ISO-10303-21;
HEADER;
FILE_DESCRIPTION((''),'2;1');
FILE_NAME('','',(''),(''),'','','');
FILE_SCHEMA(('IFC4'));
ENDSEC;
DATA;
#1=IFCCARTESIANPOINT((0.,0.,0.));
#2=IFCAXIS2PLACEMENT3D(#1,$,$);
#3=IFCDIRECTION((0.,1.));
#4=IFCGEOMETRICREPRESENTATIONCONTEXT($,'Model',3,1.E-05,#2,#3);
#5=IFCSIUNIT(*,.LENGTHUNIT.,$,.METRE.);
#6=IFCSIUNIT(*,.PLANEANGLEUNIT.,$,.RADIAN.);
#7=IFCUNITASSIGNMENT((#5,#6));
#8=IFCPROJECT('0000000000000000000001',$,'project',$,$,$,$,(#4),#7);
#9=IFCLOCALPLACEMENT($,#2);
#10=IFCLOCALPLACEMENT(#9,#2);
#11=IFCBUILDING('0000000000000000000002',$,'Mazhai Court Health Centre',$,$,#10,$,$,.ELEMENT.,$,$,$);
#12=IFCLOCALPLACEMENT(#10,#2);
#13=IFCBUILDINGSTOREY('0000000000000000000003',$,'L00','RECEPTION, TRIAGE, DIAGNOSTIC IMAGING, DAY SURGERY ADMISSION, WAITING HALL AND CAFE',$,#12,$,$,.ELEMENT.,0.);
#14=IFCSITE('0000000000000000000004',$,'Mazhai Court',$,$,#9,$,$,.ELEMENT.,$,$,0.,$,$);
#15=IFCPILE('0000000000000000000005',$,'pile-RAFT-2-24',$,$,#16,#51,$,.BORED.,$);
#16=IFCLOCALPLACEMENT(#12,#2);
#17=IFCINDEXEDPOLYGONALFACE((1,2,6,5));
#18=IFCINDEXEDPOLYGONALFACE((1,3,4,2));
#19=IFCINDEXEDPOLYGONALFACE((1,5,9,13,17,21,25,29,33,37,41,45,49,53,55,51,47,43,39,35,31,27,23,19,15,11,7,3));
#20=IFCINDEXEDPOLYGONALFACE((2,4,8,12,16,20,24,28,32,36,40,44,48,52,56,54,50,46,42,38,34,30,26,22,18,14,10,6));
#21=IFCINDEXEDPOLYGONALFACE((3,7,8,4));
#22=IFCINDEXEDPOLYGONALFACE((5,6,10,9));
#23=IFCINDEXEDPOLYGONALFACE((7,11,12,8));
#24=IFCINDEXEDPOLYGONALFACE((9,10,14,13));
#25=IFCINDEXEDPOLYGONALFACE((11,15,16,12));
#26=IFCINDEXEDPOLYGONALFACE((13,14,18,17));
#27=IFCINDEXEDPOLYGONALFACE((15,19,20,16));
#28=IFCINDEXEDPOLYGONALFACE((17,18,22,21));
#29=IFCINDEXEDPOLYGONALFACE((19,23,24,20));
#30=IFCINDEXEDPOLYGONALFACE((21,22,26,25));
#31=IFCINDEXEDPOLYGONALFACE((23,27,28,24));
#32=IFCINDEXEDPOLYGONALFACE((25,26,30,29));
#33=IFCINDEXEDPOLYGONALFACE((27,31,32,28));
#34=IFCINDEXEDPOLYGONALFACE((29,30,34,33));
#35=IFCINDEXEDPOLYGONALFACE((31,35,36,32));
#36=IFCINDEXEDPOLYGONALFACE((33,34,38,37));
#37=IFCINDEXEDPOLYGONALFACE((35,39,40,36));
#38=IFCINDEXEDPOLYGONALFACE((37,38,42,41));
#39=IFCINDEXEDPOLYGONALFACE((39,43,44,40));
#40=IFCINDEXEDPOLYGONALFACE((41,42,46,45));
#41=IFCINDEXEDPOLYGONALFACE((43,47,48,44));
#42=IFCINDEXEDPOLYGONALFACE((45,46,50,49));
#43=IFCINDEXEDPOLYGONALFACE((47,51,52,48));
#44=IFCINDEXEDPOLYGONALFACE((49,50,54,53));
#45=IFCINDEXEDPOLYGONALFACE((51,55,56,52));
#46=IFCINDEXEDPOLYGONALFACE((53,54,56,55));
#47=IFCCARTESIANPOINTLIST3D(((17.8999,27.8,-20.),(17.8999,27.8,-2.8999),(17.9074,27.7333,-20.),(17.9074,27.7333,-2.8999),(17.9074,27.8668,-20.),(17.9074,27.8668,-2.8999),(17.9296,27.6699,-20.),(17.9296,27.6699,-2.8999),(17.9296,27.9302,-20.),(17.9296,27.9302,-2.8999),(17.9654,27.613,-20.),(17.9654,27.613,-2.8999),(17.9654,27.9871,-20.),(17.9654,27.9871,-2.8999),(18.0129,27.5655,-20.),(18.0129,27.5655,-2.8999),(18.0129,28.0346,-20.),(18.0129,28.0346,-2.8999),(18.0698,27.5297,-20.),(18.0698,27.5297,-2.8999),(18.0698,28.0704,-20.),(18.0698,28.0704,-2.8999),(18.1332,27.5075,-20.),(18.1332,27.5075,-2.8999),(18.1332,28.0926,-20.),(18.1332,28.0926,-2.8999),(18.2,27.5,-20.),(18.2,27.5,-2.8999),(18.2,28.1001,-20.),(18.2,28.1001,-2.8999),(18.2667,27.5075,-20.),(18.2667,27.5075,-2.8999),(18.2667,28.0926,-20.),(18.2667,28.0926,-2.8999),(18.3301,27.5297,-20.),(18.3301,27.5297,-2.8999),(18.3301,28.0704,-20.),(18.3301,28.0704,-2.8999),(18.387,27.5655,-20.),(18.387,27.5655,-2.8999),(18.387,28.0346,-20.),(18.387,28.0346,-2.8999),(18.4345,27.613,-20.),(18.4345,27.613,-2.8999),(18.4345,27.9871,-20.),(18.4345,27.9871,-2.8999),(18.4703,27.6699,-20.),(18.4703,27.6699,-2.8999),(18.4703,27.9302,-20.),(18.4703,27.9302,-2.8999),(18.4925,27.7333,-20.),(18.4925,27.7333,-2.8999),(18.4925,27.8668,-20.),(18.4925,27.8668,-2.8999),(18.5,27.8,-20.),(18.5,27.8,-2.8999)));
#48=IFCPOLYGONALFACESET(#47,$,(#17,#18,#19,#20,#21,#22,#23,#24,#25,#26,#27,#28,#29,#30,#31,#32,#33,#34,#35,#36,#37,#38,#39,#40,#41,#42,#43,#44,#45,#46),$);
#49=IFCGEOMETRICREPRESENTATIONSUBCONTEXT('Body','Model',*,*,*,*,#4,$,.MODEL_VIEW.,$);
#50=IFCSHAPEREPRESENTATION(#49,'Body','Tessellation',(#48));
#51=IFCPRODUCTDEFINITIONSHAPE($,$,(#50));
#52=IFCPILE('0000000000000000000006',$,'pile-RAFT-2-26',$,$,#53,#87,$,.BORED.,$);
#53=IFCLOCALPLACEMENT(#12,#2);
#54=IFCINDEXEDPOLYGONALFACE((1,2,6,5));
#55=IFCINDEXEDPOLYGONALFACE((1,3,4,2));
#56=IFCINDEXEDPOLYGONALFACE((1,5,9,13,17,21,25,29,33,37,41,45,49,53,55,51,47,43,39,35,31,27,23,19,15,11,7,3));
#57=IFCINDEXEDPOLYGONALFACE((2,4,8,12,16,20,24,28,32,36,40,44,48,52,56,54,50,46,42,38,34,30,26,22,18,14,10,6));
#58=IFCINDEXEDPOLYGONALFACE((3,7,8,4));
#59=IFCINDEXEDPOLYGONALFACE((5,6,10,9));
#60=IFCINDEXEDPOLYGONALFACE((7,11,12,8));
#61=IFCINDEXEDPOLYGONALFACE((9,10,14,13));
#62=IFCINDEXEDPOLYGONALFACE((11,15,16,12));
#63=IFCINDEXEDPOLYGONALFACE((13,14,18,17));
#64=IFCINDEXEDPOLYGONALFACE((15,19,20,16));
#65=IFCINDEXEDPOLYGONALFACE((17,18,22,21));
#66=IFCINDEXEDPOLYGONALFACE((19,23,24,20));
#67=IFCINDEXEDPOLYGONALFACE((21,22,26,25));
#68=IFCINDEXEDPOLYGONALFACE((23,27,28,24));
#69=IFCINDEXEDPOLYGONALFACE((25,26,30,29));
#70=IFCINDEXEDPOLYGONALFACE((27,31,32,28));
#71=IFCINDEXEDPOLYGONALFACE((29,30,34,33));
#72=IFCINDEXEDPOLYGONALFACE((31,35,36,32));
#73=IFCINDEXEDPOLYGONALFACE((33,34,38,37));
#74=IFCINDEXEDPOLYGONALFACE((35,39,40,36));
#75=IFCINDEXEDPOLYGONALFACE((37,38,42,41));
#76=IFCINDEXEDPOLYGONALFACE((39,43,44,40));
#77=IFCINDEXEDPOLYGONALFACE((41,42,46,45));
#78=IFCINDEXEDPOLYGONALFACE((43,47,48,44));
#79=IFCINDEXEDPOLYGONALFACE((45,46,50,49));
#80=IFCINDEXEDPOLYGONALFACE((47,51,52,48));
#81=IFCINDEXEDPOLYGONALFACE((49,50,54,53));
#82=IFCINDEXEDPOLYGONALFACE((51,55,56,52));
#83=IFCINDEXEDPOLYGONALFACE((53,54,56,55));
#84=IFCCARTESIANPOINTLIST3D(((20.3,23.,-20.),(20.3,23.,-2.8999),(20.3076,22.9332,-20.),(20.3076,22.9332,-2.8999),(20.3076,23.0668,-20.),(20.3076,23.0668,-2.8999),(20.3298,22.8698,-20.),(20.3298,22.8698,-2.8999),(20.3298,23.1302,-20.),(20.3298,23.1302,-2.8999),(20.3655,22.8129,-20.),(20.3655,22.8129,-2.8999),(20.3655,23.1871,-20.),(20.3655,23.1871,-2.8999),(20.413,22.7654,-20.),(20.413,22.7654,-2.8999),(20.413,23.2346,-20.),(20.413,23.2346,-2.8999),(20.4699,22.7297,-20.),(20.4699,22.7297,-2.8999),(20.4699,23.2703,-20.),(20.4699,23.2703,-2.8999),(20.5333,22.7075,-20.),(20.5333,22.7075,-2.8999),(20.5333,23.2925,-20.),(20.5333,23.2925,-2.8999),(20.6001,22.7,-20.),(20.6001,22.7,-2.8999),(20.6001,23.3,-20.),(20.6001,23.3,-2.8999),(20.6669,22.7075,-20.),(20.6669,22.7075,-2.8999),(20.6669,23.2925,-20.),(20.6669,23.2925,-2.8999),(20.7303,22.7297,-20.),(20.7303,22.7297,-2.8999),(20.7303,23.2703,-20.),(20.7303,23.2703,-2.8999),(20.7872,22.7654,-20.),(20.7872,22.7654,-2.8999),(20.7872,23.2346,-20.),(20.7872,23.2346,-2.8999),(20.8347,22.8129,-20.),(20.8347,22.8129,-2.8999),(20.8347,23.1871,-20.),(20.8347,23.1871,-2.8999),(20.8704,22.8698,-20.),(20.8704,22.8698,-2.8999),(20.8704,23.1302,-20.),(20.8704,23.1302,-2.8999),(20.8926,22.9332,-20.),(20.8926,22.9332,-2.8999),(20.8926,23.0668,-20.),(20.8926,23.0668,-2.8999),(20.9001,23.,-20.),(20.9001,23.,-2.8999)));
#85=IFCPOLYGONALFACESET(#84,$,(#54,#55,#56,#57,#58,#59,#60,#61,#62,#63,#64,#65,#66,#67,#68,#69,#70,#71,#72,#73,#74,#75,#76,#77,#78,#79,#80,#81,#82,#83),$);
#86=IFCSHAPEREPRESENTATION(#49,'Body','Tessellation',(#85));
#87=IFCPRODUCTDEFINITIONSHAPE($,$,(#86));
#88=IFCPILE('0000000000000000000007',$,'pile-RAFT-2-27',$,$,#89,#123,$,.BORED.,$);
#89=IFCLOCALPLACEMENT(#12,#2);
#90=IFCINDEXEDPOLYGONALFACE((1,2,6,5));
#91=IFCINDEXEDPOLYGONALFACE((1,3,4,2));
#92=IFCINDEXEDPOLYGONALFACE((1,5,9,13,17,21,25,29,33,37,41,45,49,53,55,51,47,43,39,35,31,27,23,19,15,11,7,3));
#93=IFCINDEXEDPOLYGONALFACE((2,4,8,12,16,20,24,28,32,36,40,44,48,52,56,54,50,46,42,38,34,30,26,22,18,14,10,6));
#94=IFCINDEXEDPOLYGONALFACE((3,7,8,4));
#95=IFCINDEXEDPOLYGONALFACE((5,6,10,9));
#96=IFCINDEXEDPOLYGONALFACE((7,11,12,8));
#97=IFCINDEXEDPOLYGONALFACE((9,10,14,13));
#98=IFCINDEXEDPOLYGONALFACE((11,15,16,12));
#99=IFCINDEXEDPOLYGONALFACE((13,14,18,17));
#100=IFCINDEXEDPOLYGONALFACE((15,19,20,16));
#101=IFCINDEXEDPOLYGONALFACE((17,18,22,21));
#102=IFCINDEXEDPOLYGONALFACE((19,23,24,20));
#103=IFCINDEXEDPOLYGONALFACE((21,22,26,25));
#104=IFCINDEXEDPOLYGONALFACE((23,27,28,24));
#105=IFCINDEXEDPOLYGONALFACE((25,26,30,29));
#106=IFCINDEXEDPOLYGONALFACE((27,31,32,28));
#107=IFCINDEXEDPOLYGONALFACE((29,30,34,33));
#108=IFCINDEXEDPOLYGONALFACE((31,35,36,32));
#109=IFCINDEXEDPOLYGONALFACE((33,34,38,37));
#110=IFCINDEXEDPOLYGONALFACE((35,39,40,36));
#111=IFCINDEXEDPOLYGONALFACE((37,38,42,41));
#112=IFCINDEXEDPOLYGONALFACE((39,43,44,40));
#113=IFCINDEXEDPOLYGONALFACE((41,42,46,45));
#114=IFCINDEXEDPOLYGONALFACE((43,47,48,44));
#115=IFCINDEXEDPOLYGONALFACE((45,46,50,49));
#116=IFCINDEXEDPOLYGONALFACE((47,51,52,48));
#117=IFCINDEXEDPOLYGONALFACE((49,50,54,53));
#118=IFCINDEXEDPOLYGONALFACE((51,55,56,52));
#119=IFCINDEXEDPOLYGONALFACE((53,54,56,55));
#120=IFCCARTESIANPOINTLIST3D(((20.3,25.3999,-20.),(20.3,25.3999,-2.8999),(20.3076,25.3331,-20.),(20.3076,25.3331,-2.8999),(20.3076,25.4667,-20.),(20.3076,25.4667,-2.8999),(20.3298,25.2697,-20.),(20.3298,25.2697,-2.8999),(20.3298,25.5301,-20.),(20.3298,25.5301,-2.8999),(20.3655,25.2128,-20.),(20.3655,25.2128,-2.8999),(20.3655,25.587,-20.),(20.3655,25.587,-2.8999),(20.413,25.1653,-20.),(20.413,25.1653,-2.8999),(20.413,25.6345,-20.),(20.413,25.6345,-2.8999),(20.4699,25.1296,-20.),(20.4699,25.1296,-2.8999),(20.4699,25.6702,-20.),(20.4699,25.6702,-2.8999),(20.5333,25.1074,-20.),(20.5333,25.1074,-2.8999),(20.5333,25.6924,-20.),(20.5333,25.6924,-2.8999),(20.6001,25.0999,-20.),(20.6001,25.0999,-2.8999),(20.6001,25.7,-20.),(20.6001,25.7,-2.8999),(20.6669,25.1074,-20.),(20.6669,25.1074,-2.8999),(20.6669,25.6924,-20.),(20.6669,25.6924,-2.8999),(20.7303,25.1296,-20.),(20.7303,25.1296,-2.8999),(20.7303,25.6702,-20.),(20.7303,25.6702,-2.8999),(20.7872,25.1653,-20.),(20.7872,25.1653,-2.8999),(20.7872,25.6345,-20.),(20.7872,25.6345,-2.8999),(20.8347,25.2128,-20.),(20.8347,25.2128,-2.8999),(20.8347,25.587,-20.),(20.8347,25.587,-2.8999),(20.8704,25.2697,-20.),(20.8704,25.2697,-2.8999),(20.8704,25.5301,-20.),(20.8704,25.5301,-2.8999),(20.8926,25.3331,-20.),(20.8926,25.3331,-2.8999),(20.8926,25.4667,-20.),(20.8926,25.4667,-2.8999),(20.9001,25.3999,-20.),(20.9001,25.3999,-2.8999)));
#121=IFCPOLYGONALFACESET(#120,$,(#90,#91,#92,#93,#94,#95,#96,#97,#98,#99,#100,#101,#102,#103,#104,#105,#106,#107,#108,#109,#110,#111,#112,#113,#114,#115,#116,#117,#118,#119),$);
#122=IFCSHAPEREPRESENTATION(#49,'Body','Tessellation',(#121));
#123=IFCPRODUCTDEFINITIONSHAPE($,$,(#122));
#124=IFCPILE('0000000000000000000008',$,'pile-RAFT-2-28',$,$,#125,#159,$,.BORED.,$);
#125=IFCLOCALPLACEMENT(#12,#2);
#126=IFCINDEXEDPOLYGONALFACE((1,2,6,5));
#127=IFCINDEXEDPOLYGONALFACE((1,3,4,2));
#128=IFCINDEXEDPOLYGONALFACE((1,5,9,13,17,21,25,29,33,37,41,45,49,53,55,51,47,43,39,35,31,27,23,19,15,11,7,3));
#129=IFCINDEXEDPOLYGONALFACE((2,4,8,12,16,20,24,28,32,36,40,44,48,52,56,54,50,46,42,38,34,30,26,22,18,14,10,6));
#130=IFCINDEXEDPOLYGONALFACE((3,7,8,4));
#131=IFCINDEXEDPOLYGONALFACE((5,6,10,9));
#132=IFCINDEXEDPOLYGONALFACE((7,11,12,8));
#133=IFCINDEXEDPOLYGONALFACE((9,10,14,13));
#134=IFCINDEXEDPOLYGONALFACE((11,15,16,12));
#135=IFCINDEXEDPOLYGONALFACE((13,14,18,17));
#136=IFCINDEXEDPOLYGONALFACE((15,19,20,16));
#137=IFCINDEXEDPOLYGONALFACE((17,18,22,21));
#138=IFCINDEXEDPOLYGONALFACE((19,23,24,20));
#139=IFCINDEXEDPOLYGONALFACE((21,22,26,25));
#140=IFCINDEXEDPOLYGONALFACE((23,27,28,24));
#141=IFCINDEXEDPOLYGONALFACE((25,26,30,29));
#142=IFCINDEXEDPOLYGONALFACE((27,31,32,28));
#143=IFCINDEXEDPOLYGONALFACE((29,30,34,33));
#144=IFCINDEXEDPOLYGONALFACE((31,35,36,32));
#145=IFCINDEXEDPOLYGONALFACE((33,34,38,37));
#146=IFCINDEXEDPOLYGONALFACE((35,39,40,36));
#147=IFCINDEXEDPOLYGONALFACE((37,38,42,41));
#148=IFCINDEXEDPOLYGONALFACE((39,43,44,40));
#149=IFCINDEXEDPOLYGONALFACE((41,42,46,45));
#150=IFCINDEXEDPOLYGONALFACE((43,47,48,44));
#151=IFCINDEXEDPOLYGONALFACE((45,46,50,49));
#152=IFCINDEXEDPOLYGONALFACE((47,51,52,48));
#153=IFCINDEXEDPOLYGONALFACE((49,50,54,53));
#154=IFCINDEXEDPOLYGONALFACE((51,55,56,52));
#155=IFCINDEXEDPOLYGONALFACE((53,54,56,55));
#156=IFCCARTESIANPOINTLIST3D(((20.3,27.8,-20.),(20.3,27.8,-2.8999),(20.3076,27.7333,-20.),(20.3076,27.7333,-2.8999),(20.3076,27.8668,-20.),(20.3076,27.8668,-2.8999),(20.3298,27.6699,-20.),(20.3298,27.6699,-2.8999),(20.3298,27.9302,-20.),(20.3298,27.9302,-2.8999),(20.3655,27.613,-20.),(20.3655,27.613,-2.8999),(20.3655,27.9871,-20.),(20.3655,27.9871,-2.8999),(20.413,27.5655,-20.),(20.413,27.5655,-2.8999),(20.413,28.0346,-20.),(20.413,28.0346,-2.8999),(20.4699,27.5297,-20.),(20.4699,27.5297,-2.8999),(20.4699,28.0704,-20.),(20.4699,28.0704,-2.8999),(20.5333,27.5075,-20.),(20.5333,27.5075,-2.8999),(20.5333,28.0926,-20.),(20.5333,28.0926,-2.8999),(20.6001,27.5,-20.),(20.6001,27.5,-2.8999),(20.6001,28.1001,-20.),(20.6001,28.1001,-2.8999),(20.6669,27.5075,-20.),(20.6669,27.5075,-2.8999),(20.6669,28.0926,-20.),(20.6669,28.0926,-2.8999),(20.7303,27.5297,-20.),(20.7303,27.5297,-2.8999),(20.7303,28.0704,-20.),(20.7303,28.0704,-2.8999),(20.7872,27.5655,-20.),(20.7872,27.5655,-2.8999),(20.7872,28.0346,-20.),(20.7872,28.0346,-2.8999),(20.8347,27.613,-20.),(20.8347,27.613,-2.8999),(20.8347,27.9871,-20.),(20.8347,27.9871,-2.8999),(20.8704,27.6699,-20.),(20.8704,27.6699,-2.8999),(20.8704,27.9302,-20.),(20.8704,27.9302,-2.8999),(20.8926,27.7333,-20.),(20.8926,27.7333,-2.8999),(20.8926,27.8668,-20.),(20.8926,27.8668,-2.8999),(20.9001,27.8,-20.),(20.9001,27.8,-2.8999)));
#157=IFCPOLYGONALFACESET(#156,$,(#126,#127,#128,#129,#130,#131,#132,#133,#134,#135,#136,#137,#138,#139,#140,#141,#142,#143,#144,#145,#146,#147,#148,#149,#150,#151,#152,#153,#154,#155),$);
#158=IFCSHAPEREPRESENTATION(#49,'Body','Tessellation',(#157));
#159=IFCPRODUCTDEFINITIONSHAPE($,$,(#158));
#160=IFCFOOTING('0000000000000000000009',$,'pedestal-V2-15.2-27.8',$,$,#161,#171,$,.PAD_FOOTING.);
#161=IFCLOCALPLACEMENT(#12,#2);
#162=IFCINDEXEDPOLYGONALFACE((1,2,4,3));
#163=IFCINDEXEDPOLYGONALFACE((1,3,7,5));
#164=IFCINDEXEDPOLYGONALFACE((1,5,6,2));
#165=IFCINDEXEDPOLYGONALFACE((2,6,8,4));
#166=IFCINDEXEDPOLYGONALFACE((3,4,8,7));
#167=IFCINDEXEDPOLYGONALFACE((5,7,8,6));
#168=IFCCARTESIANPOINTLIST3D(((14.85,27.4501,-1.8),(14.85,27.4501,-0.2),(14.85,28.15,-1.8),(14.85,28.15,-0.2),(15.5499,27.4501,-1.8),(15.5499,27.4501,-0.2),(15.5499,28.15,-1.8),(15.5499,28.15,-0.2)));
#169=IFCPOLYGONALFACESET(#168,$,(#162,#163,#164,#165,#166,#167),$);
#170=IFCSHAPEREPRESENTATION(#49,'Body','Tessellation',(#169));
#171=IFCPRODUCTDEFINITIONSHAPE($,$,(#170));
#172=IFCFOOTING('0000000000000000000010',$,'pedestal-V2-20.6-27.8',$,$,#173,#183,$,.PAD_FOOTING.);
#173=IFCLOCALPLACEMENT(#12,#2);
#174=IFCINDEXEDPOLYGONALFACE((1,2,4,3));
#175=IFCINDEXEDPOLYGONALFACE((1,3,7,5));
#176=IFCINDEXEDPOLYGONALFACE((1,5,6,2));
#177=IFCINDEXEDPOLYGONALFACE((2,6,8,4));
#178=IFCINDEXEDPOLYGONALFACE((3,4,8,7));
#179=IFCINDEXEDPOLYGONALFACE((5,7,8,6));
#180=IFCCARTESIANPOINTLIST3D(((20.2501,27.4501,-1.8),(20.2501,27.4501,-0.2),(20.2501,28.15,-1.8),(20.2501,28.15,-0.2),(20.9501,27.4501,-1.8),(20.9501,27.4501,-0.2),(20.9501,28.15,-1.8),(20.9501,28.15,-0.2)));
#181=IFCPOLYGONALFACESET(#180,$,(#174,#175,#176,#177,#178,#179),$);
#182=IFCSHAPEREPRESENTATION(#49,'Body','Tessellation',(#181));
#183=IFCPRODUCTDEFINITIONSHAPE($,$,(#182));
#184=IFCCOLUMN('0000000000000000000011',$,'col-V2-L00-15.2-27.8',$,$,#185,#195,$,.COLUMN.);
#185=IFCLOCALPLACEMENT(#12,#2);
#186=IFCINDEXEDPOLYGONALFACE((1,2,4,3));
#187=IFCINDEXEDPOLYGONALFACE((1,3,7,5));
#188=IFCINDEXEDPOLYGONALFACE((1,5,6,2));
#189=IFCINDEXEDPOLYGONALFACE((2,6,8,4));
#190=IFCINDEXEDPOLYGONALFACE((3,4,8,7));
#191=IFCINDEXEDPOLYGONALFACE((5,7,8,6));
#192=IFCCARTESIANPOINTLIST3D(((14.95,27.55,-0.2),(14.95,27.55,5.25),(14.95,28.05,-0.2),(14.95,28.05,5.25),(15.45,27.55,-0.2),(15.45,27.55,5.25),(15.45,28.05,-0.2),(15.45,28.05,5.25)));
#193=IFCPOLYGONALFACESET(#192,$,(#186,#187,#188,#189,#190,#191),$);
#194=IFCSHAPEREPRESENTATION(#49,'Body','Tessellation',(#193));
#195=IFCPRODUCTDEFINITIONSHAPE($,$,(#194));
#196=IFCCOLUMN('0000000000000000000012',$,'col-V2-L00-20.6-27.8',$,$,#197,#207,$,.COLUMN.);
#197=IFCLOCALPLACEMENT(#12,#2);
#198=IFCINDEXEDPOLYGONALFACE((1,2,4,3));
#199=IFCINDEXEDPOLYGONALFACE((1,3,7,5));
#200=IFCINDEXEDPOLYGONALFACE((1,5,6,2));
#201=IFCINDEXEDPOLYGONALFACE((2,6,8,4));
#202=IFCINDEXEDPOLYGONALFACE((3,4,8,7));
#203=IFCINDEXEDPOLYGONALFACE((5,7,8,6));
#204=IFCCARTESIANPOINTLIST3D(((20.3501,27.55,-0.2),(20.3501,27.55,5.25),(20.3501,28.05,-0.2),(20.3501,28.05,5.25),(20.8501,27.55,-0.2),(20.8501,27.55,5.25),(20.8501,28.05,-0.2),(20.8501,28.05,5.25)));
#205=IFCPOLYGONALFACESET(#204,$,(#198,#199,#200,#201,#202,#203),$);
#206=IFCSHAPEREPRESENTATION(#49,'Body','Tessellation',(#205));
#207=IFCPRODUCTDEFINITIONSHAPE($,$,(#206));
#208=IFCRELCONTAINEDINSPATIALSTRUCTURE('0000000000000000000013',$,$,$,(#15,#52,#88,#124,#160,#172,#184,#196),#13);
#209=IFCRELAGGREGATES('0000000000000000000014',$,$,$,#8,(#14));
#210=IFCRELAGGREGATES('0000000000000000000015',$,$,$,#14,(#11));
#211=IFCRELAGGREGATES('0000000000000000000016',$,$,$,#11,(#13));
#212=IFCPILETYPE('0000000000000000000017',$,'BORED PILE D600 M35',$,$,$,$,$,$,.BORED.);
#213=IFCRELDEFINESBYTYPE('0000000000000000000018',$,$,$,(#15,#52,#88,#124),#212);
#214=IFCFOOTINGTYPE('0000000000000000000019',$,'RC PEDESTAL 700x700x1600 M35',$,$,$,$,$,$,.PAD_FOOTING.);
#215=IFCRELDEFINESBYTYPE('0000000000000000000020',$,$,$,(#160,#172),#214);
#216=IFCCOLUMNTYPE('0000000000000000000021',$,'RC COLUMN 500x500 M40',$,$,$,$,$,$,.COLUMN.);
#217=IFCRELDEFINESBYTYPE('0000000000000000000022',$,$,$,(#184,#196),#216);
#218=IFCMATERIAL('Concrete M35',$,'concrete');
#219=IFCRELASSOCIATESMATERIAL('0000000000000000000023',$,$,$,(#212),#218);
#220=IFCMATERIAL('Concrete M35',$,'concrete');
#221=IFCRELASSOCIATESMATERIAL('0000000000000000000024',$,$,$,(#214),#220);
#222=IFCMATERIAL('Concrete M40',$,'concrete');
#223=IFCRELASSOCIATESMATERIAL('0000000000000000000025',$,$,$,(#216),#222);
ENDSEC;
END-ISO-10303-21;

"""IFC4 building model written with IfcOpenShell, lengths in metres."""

from ifc_helpers import new_model, si_unit, direction, frame, origin, origin_2d, place, context, subcontext, project, spatial, rectangle, circle, extrude, material, material_profile, profile_set, type_object, element, save


model = new_model("IFC4")

# Units and contexts
model_context = context("Model", 3, precision=1e-05, world=origin(), true_north=direction((0.0, 1.0)))
body_context = subcontext(model_context, "Body", "Model", "MODEL_VIEW")
ifc_project = project(units=[si_unit("LENGTHUNIT", "METRE"), si_unit("PLANEANGLEUNIT", "RADIAN")], contexts=[model_context])

# Site, building, storey
site_placement = place(None, origin())
site = spatial("IfcSite", under=ifc_project, at=site_placement, Name="Mazhai Court", CompositionType="ELEMENT", RefElevation=0.0)
building_placement = place(site_placement, origin())
building = spatial("IfcBuilding", under=site, at=building_placement, Name="Mazhai Court Health Centre", CompositionType="ELEMENT")
storey_placement = place(building_placement, origin())
storey = spatial("IfcBuildingStorey", under=building, at=storey_placement, Name="L00", Description="RECEPTION, TRIAGE, DIAGNOSTIC IMAGING, DAY SURGERY ADMISSION, WAITING HALL AND CAFE", CompositionType="ELEMENT", Elevation=0.0)

# Piles
ifc_material_1 = material(Name="Concrete M35", Category="concrete")
ifc_material_profile_1 = material_profile(ifc_material_1, circle(Radius=0.3, at=origin_2d()), Name="RC PILE D600")
ifc_profile_set_1 = profile_set([ifc_material_profile_1], Name="Concrete M35")
pile_type = type_object("IfcPileType", Name="BORED PILE D600 M35", PredefinedType="BORED", material=ifc_profile_set_1)
for number, where, z_axis, x_axis, name in (
    (1, (18.2, 27.8, -2.8999), (0.0, 0.0, -1.0), (1.0, 0.0, 0.0), "pile-RAFT-2-24"),
    (2, (20.6001, 23.0, -2.8999), (0.0, 0.0, -1.0), (1.0, 0.0, 0.0), "pile-RAFT-2-26"),
    (3, (20.6001, 25.3999, -2.8999), (0.0, 0.0, -1.0), (1.0, 0.0, 0.0), "pile-RAFT-2-27"),
    (4, (20.6001, 27.8, -2.8999), (0.0, 0.0, -1.0), (1.0, 0.0, 0.0), "pile-RAFT-2-28"),
):
    element("IfcPile", number, at=place(storey_placement, frame(where, z_axis=z_axis, x_axis=x_axis)), inside=storey, type_object=pile_type, Name=name, PredefinedType="BORED", context=body_context, shape_type="SweptSolid", body=[
        extrude(circle(Radius=0.3, at=origin_2d()), origin(), (0.0, 0.0, 1.0), 17.1001),
    ])

# Footings
ifc_material_2 = material(Name="Concrete M35", Category="concrete")
footing_type = type_object("IfcFootingType", Name="RC PEDESTAL 700x700x1600 M35", PredefinedType="PAD_FOOTING", material=ifc_material_2)
for number, where, z_axis, x_axis, name in (
    (5, (15.2, 27.8, -1.8), (0.0, 0.0, 1.0), (1.0, 0.0, 0.0), "pedestal-V2-15.2-27.8"),
    (6, (20.6001, 27.8, -1.8), (0.0, 0.0, 1.0), (1.0, 0.0, 0.0), "pedestal-V2-20.6-27.8"),
):
    element("IfcFooting", number, at=place(storey_placement, frame(where, z_axis=z_axis, x_axis=x_axis)), inside=storey, type_object=footing_type, Name=name, PredefinedType="PAD_FOOTING", context=body_context, shape_type="SweptSolid", body=[
        extrude(rectangle(XDim=0.7, YDim=0.7, at=origin_2d()), origin(), (0.0, 0.0, 1.0), 1.6001),
    ])

# Columns
ifc_material_3 = material(Name="Concrete M40", Category="concrete")
ifc_material_profile_2 = material_profile(ifc_material_3, rectangle(XDim=0.5, YDim=0.5, at=origin_2d()), Name="RC 500x500")
ifc_profile_set_2 = profile_set([ifc_material_profile_2], Name="Concrete M40")
column_type = type_object("IfcColumnType", Name="RC COLUMN 500x500 M40", PredefinedType="COLUMN", material=ifc_profile_set_2)
for number, where, z_axis, x_axis, name in (
    (7, (15.2, 27.8, -0.2), (0.0, 0.0, 1.0), (1.0, 0.0, 0.0), "col-V2-L00-15.2-27.8"),
    (8, (20.6001, 27.8, -0.2), (0.0, 0.0, 1.0), (1.0, 0.0, 0.0), "col-V2-L00-20.6-27.8"),
):
    element("IfcColumn", number, at=place(storey_placement, frame(where, z_axis=z_axis, x_axis=x_axis)), inside=storey, type_object=column_type, Name=name, PredefinedType="COLUMN", context=body_context, shape_type="SweptSolid", body=[
        extrude(rectangle(XDim=0.5, YDim=0.5, at=origin_2d()), origin(), (0.0, 0.0, 1.0), 5.45),
    ])

save(model, "model.ifc")
